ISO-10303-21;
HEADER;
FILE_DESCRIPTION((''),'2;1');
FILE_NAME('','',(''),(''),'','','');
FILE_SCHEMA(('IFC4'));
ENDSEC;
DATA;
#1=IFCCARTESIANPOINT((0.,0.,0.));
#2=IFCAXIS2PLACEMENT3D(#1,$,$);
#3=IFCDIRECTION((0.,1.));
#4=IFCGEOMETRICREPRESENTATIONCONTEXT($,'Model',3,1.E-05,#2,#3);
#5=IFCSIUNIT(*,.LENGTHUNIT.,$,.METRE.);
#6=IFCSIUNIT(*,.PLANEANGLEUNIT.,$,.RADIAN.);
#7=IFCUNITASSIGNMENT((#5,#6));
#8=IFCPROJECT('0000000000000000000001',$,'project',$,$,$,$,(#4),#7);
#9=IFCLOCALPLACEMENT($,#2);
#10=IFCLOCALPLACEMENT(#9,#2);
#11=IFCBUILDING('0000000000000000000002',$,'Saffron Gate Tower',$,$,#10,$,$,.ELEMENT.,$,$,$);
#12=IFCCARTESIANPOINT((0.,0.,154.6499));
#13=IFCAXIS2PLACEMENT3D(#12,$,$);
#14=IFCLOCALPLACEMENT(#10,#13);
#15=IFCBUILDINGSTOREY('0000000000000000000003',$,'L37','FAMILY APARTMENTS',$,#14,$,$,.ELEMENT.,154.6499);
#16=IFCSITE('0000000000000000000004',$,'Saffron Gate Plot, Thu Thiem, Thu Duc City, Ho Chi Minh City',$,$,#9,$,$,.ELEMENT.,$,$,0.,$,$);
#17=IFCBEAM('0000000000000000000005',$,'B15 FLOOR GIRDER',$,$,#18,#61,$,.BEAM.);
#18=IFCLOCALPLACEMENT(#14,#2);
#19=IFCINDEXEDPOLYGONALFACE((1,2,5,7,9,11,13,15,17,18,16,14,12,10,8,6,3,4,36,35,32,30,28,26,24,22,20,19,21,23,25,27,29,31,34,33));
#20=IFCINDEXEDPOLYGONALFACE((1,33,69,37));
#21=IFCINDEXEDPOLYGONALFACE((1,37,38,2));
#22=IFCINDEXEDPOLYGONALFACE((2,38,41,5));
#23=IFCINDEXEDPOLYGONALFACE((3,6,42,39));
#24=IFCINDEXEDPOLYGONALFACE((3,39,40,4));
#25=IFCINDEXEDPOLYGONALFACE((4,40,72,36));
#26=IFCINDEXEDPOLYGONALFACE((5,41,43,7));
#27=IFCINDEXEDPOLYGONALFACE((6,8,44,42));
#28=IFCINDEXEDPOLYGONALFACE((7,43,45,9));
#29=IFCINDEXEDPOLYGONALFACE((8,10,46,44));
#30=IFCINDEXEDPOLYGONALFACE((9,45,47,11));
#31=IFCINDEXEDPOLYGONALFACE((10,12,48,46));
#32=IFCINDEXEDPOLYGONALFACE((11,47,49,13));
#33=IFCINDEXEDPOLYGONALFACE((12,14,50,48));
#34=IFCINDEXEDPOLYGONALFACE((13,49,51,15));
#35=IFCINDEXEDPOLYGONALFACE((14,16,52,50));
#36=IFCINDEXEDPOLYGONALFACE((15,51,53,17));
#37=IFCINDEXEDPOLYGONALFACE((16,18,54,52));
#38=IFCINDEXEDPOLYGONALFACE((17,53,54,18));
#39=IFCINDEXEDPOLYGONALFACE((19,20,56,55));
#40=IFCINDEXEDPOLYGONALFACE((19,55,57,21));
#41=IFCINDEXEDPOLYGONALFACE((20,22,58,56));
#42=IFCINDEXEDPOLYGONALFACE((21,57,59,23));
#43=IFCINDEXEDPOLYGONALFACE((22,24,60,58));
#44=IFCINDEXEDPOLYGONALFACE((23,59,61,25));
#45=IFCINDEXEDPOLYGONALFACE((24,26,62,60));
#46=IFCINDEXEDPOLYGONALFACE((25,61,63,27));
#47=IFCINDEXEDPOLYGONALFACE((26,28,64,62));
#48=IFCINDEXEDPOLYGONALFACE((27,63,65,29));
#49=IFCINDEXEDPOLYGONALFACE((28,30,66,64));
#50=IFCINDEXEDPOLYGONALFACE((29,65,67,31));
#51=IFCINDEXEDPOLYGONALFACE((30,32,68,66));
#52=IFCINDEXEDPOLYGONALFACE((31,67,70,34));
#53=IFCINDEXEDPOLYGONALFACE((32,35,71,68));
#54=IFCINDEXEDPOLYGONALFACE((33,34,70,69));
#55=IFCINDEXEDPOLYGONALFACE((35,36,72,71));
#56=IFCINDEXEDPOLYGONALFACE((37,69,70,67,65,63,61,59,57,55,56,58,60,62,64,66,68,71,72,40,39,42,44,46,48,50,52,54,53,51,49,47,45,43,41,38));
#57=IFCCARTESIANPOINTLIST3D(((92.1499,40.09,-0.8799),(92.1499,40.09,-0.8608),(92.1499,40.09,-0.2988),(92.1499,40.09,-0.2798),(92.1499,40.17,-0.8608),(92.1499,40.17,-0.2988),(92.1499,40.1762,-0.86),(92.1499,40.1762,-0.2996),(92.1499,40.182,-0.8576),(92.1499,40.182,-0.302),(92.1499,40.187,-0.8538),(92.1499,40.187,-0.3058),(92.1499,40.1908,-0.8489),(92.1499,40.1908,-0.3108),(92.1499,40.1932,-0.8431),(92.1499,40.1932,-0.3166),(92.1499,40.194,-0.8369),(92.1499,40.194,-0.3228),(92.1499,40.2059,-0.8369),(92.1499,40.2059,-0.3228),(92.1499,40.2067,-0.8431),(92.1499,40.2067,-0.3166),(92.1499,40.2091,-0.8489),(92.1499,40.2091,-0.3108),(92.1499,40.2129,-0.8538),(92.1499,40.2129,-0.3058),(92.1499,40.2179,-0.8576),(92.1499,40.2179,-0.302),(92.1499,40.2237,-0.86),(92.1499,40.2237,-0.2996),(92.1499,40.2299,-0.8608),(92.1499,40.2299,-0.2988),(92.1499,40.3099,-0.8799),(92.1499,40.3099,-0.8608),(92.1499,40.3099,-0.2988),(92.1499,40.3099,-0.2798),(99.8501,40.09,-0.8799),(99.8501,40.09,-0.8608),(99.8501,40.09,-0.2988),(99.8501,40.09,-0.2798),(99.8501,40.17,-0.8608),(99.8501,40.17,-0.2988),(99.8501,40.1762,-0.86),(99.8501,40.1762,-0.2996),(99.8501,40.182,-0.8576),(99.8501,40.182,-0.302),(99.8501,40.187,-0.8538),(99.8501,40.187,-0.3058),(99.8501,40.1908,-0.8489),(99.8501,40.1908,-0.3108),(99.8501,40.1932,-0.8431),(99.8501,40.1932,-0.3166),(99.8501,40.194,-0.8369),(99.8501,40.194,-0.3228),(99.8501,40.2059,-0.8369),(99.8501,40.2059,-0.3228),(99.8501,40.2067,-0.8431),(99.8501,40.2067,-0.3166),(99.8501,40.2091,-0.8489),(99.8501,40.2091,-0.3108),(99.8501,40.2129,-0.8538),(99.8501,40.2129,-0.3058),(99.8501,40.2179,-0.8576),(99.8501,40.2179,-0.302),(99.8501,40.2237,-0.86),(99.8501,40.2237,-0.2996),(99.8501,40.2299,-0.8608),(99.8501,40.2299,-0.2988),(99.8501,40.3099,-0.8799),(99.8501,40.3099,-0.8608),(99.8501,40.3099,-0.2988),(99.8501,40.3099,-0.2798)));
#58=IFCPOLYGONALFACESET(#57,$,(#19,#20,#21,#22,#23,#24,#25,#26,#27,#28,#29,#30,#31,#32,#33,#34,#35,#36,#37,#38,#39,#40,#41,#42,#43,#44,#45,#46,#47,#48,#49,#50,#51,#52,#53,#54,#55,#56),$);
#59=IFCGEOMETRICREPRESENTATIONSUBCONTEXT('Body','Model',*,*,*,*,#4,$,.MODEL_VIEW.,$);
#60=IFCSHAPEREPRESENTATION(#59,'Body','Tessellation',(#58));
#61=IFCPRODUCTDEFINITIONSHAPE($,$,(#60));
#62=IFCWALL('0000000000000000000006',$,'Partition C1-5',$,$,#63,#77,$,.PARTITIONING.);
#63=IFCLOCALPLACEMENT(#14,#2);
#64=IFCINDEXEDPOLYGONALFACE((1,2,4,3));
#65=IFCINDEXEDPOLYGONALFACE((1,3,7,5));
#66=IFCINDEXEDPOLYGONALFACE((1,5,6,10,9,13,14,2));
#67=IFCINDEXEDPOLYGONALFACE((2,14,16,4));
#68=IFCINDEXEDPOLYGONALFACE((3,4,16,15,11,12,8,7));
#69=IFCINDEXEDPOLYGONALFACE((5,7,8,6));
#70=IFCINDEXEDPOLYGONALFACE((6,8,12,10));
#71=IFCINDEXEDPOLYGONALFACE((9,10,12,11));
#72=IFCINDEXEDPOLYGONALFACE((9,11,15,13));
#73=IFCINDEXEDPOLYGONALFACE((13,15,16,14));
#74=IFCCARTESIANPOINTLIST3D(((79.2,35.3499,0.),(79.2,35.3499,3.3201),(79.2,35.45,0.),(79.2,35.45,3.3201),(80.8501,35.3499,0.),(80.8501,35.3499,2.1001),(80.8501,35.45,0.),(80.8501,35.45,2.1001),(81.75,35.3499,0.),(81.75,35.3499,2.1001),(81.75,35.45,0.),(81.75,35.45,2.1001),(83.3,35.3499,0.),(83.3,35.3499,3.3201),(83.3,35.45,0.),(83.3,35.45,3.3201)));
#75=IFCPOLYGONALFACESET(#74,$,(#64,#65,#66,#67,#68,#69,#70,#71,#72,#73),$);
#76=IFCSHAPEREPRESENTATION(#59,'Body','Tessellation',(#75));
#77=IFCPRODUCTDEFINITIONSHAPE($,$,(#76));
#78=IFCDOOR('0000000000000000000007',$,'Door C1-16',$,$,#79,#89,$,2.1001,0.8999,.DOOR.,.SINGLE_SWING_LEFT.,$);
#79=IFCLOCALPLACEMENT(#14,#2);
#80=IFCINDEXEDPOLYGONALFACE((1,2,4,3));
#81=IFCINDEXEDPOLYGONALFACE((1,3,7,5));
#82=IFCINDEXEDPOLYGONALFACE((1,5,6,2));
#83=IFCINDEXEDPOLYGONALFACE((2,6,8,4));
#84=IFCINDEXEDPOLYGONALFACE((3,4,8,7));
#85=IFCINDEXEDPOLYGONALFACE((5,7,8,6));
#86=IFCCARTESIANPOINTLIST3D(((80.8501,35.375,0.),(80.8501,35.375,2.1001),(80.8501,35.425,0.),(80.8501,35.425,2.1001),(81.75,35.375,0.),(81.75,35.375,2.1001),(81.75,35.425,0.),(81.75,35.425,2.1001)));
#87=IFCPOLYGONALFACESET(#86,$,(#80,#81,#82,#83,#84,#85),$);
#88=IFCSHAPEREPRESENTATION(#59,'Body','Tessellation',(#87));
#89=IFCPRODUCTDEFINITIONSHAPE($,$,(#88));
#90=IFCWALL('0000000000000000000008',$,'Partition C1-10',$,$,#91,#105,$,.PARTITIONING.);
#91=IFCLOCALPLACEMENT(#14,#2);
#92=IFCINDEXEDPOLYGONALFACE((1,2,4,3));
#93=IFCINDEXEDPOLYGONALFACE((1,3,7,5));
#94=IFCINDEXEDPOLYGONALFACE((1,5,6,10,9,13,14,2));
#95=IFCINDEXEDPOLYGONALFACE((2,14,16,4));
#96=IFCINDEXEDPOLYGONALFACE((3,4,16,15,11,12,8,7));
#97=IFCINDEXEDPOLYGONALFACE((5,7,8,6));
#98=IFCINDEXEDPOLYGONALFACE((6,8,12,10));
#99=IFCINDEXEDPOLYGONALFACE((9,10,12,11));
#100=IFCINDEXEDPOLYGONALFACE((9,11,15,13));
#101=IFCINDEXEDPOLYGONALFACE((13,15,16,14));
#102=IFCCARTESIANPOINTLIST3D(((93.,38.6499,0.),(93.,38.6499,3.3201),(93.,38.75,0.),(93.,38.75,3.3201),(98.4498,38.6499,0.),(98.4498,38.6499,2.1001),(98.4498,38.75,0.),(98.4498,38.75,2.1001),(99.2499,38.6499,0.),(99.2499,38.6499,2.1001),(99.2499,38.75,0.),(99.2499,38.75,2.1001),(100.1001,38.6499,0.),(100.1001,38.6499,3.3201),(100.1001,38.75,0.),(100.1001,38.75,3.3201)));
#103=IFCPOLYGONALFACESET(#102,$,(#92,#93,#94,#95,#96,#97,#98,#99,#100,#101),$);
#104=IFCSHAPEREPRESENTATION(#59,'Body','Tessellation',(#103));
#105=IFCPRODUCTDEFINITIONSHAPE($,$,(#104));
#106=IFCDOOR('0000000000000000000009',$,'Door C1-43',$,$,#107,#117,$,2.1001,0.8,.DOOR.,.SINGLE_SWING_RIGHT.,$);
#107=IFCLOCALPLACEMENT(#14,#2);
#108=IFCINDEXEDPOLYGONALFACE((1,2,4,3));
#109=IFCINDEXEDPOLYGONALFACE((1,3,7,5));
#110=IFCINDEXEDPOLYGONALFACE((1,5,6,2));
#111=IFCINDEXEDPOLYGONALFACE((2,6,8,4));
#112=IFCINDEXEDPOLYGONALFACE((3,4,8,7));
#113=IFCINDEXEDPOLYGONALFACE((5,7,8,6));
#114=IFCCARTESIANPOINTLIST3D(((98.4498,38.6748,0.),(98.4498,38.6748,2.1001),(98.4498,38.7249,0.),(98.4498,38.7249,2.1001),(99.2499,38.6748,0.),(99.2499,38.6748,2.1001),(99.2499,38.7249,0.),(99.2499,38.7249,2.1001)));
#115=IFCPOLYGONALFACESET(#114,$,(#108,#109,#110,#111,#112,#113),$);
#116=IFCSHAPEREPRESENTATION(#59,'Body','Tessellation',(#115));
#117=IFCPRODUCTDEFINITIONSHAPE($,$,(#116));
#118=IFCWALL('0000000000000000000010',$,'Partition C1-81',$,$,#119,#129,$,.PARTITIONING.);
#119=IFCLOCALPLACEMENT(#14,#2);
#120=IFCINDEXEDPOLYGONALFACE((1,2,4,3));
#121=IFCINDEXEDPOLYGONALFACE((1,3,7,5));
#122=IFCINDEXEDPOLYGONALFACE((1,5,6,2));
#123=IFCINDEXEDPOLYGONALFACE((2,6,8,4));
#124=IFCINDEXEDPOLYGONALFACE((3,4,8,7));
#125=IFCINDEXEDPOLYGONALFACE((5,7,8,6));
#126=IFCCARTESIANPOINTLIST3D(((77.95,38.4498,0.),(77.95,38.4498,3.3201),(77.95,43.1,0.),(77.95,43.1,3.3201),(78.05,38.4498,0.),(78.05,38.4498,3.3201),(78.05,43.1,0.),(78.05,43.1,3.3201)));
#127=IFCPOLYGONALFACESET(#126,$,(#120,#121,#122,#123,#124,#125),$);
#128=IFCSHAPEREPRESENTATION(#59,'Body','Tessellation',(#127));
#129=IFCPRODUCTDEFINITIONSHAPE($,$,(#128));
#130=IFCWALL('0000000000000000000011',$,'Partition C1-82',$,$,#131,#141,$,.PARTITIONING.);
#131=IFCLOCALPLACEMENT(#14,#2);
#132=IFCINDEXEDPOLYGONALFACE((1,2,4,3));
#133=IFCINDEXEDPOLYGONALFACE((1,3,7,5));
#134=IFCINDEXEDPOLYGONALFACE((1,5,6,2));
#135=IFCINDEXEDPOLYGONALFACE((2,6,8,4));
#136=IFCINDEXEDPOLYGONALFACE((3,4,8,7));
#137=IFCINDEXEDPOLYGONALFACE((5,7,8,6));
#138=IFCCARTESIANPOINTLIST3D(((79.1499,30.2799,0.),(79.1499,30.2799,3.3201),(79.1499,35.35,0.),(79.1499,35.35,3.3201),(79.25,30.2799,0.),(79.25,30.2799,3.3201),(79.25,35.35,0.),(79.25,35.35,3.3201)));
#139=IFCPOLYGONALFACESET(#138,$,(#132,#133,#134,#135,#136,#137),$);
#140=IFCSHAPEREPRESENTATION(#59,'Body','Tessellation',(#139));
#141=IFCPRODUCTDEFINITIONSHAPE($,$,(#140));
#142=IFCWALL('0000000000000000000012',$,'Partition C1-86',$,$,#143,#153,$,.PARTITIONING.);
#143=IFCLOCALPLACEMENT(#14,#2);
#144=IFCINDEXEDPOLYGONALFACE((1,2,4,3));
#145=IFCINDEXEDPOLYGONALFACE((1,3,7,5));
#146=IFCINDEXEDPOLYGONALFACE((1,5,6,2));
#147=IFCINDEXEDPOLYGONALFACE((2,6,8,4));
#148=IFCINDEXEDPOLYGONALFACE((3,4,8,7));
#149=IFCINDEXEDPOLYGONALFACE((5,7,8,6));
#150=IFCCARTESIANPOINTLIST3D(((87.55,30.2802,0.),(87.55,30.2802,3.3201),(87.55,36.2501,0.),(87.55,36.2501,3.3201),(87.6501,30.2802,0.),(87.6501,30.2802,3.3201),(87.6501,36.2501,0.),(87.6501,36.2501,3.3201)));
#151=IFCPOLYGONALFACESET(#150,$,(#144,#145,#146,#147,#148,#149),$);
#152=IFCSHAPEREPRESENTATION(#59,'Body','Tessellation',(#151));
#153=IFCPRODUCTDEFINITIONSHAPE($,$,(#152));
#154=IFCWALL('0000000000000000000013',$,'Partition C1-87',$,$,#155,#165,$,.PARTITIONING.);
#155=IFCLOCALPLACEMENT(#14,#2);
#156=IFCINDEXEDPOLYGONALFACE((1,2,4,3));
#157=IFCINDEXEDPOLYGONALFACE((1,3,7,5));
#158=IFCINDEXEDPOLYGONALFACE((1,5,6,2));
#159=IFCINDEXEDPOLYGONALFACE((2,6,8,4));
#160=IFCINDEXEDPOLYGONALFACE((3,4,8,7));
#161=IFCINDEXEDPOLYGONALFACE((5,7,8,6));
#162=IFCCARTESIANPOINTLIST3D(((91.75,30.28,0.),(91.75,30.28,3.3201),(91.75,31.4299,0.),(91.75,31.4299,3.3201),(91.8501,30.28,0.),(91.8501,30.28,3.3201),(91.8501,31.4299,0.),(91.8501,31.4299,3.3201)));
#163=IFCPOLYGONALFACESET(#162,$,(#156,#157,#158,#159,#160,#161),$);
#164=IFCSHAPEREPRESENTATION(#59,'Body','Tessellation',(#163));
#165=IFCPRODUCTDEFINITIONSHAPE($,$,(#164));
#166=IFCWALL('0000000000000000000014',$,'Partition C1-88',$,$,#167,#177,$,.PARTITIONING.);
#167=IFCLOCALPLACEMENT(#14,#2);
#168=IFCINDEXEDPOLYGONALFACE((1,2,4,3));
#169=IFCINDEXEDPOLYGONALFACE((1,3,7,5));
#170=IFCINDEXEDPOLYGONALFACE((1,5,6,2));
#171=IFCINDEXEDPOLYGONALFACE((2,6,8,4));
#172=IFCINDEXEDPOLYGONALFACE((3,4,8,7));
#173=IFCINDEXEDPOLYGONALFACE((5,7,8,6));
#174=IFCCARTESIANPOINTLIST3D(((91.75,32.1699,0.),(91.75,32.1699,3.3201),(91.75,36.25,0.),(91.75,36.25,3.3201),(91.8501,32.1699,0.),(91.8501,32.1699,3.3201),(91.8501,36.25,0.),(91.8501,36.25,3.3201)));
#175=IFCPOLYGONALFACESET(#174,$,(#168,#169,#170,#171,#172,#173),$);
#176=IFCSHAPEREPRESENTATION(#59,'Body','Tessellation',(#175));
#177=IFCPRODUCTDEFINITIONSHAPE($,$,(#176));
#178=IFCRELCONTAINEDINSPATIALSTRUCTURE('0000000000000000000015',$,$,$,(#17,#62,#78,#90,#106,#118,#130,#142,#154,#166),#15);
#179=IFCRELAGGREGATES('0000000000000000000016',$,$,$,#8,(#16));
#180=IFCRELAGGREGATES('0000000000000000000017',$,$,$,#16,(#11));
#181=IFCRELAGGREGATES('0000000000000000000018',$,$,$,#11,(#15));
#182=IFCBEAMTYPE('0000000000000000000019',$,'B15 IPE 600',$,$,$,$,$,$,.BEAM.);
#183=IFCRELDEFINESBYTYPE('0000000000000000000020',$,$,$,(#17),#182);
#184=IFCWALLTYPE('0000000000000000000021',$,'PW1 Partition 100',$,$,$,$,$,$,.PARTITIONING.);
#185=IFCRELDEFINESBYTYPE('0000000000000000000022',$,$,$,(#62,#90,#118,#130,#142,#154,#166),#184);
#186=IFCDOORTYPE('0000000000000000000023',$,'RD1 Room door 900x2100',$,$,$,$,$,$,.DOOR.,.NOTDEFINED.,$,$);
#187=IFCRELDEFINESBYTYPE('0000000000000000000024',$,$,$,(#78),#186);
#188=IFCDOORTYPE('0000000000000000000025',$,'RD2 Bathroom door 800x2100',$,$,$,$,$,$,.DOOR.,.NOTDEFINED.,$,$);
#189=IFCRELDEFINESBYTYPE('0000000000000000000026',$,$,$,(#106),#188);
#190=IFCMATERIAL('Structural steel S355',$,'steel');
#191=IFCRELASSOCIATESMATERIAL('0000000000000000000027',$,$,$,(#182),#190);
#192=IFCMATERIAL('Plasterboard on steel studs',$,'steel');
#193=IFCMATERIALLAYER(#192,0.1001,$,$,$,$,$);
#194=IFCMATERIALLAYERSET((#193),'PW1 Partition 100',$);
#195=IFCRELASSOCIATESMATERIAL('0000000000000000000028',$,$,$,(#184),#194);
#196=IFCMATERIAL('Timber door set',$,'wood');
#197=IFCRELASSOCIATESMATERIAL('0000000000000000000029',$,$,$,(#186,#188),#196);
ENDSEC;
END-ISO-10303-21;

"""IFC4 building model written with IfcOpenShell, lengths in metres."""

from ifc_helpers import new_model, si_unit, direction, frame, frame_2d, origin, origin_2d, place, context, subcontext, project, spatial, rectangle, i_section, extrude, material, layer, layer_set, material_profile, profile_set, type_object, element, fill, save


model = new_model("IFC4")

# Units and contexts
model_context = context("Model", 3, precision=1e-05, world=origin(), true_north=direction((0.0, 1.0)))
body_context = subcontext(model_context, "Body", "Model", "MODEL_VIEW")
ifc_project = project(units=[si_unit("LENGTHUNIT", "METRE"), si_unit("PLANEANGLEUNIT", "RADIAN")], contexts=[model_context])

# Site, building, storey
site_placement = place(None, origin())
site = spatial("IfcSite", under=ifc_project, at=site_placement, Name="Saffron Gate Plot, Thu Thiem, Thu Duc City, Ho Chi Minh City", CompositionType="ELEMENT", RefElevation=0.0)
building_placement = place(site_placement, origin())
building = spatial("IfcBuilding", under=site, at=building_placement, Name="Saffron Gate Tower", CompositionType="ELEMENT")
storey_placement = place(building_placement, frame((0.0, 0.0, 154.6499)))
storey = spatial("IfcBuildingStorey", under=building, at=storey_placement, Name="L37", Description="FAMILY APARTMENTS", CompositionType="ELEMENT", Elevation=154.6499)

# Beam
ifc_material_1 = material(Name="Structural steel S355", Category="steel")
ifc_material_profile_1 = material_profile(ifc_material_1, i_section(OverallWidth=0.22, OverallDepth=0.6001, WebThickness=0.012, FlangeThickness=0.019, FilletRadius=0.0239, at=origin_2d()))
ifc_profile_set_1 = profile_set([ifc_material_profile_1], Name="Structural steel S355")
beam_type_1 = type_object("IfcBeamType", Name="B15 IPE 600", PredefinedType="BEAM", material=ifc_profile_set_1)
beam_1_placement = place(storey_placement, frame((92.1499, 40.2, -0.5798), z_axis=(1.0, 0.0, 0.0), x_axis=(0.0, 1.0, 0.0)))
element("IfcBeam", 1, at=beam_1_placement, inside=storey, type_object=beam_type_1, Name="B15 FLOOR GIRDER", PredefinedType="BEAM", context=body_context, shape_type="SweptSolid", body=[
    extrude(i_section(OverallWidth=0.22, OverallDepth=0.6001, WebThickness=0.012, FlangeThickness=0.019, FilletRadius=0.0239, at=origin_2d()), origin(), (0.0, 0.0, 1.0), 7.7002),
])

# Walls, openings, doors
ifc_material_2 = material(Name="Plasterboard on steel studs", Category="steel")
ifc_layer_1 = layer(ifc_material_2, 0.1001)
ifc_layer_set_1 = layer_set([ifc_layer_1], Name="PW1 Partition 100")
wall_type_1 = type_object("IfcWallType", Name="PW1 Partition 100", PredefinedType="PARTITIONING", material=ifc_layer_set_1)
wall_1_placement = place(storey_placement, frame((83.3, 35.3999, 0.0), z_axis=(0.0, 0.0, 1.0), x_axis=(-1.0, 0.0, 0.0)))
wall_1 = element("IfcWall", 2, at=wall_1_placement, inside=storey, type_object=wall_type_1, Name="Partition C1-5", PredefinedType="PARTITIONING", context=body_context, shape_type="SweptSolid", body=[
    extrude(rectangle(XDim=4.1001, YDim=0.1001, at=frame_2d((2.05, 0.0))), origin(), (0.0, 0.0, 1.0), 3.3201),
])
opening_1_placement = place(wall_1_placement, frame((1.55, 0.0, 0.0)))
opening_1 = element("IfcOpeningElement", 3, at=opening_1_placement, cuts=wall_1, PredefinedType="OPENING", context=body_context, shape_type="SweptSolid", body=[
    extrude(rectangle(XDim=0.8999, YDim=2.1001, at=frame_2d((0.45, 1.05))), frame((0.0, 0.0601, 0.0), z_axis=(0.0, -1.0, 0.0), x_axis=(1.0, 0.0, 0.0)), (0.0, 0.0, 1.0), 0.1201),
])
ifc_material_3 = material(Name="Timber door set", Category="wood")
door_type_1 = type_object("IfcDoorType", Name="RD1 Room door 900x2100", OperationType="NOTDEFINED", PredefinedType="DOOR", material=ifc_material_3)
door_1_placement = place(opening_1_placement, origin())
door_1 = element("IfcDoor", 4, at=door_1_placement, inside=storey, type_object=door_type_1, Name="Door C1-16", OperationType="SINGLE_SWING_LEFT", OverallHeight=2.1001, OverallWidth=0.8999, PredefinedType="DOOR", context=body_context, shape_type="SweptSolid", body=[
    extrude(rectangle(XDim=0.8999, YDim=2.1001, at=frame_2d((0.45, 1.05))), frame((0.0, 0.0249, 0.0), z_axis=(0.0, -1.0, 0.0), x_axis=(1.0, 0.0, 0.0)), (0.0, 0.0, 1.0), 0.05),
])
fill(opening_1, door_1)
wall_2_placement = place(storey_placement, frame((93.0, 38.7, 0.0), z_axis=(0.0, 0.0, 1.0), x_axis=(1.0, 0.0, 0.0)))
wall_2 = element("IfcWall", 5, at=wall_2_placement, inside=storey, type_object=wall_type_1, Name="Partition C1-10", PredefinedType="PARTITIONING", context=body_context, shape_type="SweptSolid", body=[
    extrude(rectangle(XDim=7.1001, YDim=0.1001, at=frame_2d((3.55, 0.0))), origin(), (0.0, 0.0, 1.0), 3.3201),
])
opening_2_placement = place(wall_2_placement, frame((5.45, 0.0, 0.0)))
opening_2 = element("IfcOpeningElement", 6, at=opening_2_placement, cuts=wall_2, PredefinedType="OPENING", context=body_context, shape_type="SweptSolid", body=[
    extrude(rectangle(XDim=0.8, YDim=2.1001, at=frame_2d((0.3999, 1.05))), frame((0.0, 0.0601, 0.0), z_axis=(0.0, -1.0, 0.0), x_axis=(1.0, 0.0, 0.0)), (0.0, 0.0, 1.0), 0.1201),
])
door_type_2 = type_object("IfcDoorType", Name="RD2 Bathroom door 800x2100", OperationType="NOTDEFINED", PredefinedType="DOOR", material=ifc_material_3)
door_2_placement = place(opening_2_placement, origin())
door_2 = element("IfcDoor", 7, at=door_2_placement, inside=storey, type_object=door_type_2, Name="Door C1-43", OperationType="SINGLE_SWING_RIGHT", OverallHeight=2.1001, OverallWidth=0.8, PredefinedType="DOOR", context=body_context, shape_type="SweptSolid", body=[
    extrude(rectangle(XDim=0.8, YDim=2.1001, at=frame_2d((0.3999, 1.05))), frame((0.0, 0.0249, 0.0), z_axis=(0.0, -1.0, 0.0), x_axis=(1.0, 0.0, 0.0)), (0.0, 0.0, 1.0), 0.05),
])
fill(opening_2, door_2)

# Walls
wall_3_placement = place(storey_placement, frame((78.0, 43.1001, 0.0), z_axis=(0.0, 0.0, 1.0), x_axis=(0.0, -1.0, 0.0)))
element("IfcWall", 8, at=wall_3_placement, inside=storey, type_object=wall_type_1, Name="Partition C1-81", PredefinedType="PARTITIONING", context=body_context, shape_type="SweptSolid", body=[
    extrude(rectangle(XDim=4.6501, YDim=0.1001, at=frame_2d((2.3252, 0.0))), origin(), (0.0, 0.0, 1.0), 3.3201),
])
wall_4_placement = place(storey_placement, frame((79.2, 35.3501, 0.0), z_axis=(0.0, 0.0, 1.0), x_axis=(0.0, -1.0, 0.0)))
element("IfcWall", 9, at=wall_4_placement, inside=storey, type_object=wall_type_1, Name="Partition C1-82", PredefinedType="PARTITIONING", context=body_context, shape_type="SweptSolid", body=[
    extrude(rectangle(XDim=5.0701, YDim=0.1001, at=frame_2d((2.5352, 0.0))), origin(), (0.0, 0.0, 1.0), 3.3201),
])
wall_5_placement = place(storey_placement, frame((87.6001, 36.25, 0.0), z_axis=(0.0, 0.0, 1.0), x_axis=(0.0, -1.0, 0.0)))
element("IfcWall", 10, at=wall_5_placement, inside=storey, type_object=wall_type_1, Name="Partition C1-86", PredefinedType="PARTITIONING", context=body_context, shape_type="SweptSolid", body=[
    extrude(rectangle(XDim=5.97, YDim=0.1001, at=frame_2d((2.9849, 0.0))), origin(), (0.0, 0.0, 1.0), 3.3201),
])
wall_6_placement = place(storey_placement, frame((91.8, 31.4299, 0.0), z_axis=(0.0, 0.0, 1.0), x_axis=(0.0, -1.0, 0.0)))
element("IfcWall", 11, at=wall_6_placement, inside=storey, type_object=wall_type_1, Name="Partition C1-87", PredefinedType="PARTITIONING", context=body_context, shape_type="SweptSolid", body=[
    extrude(rectangle(XDim=1.1499, YDim=0.1001, at=frame_2d((0.575, 0.0))), origin(), (0.0, 0.0, 1.0), 3.3201),
])
wall_7_placement = place(storey_placement, frame((91.8, 36.25, 0.0), z_axis=(0.0, 0.0, 1.0), x_axis=(0.0, -1.0, 0.0)))
element("IfcWall", 12, at=wall_7_placement, inside=storey, type_object=wall_type_1, Name="Partition C1-88", PredefinedType="PARTITIONING", context=body_context, shape_type="SweptSolid", body=[
    extrude(rectangle(XDim=4.0801, YDim=0.1001, at=frame_2d((2.04, 0.0))), origin(), (0.0, 0.0, 1.0), 3.3201),
])

save(model, "model.ifc")
